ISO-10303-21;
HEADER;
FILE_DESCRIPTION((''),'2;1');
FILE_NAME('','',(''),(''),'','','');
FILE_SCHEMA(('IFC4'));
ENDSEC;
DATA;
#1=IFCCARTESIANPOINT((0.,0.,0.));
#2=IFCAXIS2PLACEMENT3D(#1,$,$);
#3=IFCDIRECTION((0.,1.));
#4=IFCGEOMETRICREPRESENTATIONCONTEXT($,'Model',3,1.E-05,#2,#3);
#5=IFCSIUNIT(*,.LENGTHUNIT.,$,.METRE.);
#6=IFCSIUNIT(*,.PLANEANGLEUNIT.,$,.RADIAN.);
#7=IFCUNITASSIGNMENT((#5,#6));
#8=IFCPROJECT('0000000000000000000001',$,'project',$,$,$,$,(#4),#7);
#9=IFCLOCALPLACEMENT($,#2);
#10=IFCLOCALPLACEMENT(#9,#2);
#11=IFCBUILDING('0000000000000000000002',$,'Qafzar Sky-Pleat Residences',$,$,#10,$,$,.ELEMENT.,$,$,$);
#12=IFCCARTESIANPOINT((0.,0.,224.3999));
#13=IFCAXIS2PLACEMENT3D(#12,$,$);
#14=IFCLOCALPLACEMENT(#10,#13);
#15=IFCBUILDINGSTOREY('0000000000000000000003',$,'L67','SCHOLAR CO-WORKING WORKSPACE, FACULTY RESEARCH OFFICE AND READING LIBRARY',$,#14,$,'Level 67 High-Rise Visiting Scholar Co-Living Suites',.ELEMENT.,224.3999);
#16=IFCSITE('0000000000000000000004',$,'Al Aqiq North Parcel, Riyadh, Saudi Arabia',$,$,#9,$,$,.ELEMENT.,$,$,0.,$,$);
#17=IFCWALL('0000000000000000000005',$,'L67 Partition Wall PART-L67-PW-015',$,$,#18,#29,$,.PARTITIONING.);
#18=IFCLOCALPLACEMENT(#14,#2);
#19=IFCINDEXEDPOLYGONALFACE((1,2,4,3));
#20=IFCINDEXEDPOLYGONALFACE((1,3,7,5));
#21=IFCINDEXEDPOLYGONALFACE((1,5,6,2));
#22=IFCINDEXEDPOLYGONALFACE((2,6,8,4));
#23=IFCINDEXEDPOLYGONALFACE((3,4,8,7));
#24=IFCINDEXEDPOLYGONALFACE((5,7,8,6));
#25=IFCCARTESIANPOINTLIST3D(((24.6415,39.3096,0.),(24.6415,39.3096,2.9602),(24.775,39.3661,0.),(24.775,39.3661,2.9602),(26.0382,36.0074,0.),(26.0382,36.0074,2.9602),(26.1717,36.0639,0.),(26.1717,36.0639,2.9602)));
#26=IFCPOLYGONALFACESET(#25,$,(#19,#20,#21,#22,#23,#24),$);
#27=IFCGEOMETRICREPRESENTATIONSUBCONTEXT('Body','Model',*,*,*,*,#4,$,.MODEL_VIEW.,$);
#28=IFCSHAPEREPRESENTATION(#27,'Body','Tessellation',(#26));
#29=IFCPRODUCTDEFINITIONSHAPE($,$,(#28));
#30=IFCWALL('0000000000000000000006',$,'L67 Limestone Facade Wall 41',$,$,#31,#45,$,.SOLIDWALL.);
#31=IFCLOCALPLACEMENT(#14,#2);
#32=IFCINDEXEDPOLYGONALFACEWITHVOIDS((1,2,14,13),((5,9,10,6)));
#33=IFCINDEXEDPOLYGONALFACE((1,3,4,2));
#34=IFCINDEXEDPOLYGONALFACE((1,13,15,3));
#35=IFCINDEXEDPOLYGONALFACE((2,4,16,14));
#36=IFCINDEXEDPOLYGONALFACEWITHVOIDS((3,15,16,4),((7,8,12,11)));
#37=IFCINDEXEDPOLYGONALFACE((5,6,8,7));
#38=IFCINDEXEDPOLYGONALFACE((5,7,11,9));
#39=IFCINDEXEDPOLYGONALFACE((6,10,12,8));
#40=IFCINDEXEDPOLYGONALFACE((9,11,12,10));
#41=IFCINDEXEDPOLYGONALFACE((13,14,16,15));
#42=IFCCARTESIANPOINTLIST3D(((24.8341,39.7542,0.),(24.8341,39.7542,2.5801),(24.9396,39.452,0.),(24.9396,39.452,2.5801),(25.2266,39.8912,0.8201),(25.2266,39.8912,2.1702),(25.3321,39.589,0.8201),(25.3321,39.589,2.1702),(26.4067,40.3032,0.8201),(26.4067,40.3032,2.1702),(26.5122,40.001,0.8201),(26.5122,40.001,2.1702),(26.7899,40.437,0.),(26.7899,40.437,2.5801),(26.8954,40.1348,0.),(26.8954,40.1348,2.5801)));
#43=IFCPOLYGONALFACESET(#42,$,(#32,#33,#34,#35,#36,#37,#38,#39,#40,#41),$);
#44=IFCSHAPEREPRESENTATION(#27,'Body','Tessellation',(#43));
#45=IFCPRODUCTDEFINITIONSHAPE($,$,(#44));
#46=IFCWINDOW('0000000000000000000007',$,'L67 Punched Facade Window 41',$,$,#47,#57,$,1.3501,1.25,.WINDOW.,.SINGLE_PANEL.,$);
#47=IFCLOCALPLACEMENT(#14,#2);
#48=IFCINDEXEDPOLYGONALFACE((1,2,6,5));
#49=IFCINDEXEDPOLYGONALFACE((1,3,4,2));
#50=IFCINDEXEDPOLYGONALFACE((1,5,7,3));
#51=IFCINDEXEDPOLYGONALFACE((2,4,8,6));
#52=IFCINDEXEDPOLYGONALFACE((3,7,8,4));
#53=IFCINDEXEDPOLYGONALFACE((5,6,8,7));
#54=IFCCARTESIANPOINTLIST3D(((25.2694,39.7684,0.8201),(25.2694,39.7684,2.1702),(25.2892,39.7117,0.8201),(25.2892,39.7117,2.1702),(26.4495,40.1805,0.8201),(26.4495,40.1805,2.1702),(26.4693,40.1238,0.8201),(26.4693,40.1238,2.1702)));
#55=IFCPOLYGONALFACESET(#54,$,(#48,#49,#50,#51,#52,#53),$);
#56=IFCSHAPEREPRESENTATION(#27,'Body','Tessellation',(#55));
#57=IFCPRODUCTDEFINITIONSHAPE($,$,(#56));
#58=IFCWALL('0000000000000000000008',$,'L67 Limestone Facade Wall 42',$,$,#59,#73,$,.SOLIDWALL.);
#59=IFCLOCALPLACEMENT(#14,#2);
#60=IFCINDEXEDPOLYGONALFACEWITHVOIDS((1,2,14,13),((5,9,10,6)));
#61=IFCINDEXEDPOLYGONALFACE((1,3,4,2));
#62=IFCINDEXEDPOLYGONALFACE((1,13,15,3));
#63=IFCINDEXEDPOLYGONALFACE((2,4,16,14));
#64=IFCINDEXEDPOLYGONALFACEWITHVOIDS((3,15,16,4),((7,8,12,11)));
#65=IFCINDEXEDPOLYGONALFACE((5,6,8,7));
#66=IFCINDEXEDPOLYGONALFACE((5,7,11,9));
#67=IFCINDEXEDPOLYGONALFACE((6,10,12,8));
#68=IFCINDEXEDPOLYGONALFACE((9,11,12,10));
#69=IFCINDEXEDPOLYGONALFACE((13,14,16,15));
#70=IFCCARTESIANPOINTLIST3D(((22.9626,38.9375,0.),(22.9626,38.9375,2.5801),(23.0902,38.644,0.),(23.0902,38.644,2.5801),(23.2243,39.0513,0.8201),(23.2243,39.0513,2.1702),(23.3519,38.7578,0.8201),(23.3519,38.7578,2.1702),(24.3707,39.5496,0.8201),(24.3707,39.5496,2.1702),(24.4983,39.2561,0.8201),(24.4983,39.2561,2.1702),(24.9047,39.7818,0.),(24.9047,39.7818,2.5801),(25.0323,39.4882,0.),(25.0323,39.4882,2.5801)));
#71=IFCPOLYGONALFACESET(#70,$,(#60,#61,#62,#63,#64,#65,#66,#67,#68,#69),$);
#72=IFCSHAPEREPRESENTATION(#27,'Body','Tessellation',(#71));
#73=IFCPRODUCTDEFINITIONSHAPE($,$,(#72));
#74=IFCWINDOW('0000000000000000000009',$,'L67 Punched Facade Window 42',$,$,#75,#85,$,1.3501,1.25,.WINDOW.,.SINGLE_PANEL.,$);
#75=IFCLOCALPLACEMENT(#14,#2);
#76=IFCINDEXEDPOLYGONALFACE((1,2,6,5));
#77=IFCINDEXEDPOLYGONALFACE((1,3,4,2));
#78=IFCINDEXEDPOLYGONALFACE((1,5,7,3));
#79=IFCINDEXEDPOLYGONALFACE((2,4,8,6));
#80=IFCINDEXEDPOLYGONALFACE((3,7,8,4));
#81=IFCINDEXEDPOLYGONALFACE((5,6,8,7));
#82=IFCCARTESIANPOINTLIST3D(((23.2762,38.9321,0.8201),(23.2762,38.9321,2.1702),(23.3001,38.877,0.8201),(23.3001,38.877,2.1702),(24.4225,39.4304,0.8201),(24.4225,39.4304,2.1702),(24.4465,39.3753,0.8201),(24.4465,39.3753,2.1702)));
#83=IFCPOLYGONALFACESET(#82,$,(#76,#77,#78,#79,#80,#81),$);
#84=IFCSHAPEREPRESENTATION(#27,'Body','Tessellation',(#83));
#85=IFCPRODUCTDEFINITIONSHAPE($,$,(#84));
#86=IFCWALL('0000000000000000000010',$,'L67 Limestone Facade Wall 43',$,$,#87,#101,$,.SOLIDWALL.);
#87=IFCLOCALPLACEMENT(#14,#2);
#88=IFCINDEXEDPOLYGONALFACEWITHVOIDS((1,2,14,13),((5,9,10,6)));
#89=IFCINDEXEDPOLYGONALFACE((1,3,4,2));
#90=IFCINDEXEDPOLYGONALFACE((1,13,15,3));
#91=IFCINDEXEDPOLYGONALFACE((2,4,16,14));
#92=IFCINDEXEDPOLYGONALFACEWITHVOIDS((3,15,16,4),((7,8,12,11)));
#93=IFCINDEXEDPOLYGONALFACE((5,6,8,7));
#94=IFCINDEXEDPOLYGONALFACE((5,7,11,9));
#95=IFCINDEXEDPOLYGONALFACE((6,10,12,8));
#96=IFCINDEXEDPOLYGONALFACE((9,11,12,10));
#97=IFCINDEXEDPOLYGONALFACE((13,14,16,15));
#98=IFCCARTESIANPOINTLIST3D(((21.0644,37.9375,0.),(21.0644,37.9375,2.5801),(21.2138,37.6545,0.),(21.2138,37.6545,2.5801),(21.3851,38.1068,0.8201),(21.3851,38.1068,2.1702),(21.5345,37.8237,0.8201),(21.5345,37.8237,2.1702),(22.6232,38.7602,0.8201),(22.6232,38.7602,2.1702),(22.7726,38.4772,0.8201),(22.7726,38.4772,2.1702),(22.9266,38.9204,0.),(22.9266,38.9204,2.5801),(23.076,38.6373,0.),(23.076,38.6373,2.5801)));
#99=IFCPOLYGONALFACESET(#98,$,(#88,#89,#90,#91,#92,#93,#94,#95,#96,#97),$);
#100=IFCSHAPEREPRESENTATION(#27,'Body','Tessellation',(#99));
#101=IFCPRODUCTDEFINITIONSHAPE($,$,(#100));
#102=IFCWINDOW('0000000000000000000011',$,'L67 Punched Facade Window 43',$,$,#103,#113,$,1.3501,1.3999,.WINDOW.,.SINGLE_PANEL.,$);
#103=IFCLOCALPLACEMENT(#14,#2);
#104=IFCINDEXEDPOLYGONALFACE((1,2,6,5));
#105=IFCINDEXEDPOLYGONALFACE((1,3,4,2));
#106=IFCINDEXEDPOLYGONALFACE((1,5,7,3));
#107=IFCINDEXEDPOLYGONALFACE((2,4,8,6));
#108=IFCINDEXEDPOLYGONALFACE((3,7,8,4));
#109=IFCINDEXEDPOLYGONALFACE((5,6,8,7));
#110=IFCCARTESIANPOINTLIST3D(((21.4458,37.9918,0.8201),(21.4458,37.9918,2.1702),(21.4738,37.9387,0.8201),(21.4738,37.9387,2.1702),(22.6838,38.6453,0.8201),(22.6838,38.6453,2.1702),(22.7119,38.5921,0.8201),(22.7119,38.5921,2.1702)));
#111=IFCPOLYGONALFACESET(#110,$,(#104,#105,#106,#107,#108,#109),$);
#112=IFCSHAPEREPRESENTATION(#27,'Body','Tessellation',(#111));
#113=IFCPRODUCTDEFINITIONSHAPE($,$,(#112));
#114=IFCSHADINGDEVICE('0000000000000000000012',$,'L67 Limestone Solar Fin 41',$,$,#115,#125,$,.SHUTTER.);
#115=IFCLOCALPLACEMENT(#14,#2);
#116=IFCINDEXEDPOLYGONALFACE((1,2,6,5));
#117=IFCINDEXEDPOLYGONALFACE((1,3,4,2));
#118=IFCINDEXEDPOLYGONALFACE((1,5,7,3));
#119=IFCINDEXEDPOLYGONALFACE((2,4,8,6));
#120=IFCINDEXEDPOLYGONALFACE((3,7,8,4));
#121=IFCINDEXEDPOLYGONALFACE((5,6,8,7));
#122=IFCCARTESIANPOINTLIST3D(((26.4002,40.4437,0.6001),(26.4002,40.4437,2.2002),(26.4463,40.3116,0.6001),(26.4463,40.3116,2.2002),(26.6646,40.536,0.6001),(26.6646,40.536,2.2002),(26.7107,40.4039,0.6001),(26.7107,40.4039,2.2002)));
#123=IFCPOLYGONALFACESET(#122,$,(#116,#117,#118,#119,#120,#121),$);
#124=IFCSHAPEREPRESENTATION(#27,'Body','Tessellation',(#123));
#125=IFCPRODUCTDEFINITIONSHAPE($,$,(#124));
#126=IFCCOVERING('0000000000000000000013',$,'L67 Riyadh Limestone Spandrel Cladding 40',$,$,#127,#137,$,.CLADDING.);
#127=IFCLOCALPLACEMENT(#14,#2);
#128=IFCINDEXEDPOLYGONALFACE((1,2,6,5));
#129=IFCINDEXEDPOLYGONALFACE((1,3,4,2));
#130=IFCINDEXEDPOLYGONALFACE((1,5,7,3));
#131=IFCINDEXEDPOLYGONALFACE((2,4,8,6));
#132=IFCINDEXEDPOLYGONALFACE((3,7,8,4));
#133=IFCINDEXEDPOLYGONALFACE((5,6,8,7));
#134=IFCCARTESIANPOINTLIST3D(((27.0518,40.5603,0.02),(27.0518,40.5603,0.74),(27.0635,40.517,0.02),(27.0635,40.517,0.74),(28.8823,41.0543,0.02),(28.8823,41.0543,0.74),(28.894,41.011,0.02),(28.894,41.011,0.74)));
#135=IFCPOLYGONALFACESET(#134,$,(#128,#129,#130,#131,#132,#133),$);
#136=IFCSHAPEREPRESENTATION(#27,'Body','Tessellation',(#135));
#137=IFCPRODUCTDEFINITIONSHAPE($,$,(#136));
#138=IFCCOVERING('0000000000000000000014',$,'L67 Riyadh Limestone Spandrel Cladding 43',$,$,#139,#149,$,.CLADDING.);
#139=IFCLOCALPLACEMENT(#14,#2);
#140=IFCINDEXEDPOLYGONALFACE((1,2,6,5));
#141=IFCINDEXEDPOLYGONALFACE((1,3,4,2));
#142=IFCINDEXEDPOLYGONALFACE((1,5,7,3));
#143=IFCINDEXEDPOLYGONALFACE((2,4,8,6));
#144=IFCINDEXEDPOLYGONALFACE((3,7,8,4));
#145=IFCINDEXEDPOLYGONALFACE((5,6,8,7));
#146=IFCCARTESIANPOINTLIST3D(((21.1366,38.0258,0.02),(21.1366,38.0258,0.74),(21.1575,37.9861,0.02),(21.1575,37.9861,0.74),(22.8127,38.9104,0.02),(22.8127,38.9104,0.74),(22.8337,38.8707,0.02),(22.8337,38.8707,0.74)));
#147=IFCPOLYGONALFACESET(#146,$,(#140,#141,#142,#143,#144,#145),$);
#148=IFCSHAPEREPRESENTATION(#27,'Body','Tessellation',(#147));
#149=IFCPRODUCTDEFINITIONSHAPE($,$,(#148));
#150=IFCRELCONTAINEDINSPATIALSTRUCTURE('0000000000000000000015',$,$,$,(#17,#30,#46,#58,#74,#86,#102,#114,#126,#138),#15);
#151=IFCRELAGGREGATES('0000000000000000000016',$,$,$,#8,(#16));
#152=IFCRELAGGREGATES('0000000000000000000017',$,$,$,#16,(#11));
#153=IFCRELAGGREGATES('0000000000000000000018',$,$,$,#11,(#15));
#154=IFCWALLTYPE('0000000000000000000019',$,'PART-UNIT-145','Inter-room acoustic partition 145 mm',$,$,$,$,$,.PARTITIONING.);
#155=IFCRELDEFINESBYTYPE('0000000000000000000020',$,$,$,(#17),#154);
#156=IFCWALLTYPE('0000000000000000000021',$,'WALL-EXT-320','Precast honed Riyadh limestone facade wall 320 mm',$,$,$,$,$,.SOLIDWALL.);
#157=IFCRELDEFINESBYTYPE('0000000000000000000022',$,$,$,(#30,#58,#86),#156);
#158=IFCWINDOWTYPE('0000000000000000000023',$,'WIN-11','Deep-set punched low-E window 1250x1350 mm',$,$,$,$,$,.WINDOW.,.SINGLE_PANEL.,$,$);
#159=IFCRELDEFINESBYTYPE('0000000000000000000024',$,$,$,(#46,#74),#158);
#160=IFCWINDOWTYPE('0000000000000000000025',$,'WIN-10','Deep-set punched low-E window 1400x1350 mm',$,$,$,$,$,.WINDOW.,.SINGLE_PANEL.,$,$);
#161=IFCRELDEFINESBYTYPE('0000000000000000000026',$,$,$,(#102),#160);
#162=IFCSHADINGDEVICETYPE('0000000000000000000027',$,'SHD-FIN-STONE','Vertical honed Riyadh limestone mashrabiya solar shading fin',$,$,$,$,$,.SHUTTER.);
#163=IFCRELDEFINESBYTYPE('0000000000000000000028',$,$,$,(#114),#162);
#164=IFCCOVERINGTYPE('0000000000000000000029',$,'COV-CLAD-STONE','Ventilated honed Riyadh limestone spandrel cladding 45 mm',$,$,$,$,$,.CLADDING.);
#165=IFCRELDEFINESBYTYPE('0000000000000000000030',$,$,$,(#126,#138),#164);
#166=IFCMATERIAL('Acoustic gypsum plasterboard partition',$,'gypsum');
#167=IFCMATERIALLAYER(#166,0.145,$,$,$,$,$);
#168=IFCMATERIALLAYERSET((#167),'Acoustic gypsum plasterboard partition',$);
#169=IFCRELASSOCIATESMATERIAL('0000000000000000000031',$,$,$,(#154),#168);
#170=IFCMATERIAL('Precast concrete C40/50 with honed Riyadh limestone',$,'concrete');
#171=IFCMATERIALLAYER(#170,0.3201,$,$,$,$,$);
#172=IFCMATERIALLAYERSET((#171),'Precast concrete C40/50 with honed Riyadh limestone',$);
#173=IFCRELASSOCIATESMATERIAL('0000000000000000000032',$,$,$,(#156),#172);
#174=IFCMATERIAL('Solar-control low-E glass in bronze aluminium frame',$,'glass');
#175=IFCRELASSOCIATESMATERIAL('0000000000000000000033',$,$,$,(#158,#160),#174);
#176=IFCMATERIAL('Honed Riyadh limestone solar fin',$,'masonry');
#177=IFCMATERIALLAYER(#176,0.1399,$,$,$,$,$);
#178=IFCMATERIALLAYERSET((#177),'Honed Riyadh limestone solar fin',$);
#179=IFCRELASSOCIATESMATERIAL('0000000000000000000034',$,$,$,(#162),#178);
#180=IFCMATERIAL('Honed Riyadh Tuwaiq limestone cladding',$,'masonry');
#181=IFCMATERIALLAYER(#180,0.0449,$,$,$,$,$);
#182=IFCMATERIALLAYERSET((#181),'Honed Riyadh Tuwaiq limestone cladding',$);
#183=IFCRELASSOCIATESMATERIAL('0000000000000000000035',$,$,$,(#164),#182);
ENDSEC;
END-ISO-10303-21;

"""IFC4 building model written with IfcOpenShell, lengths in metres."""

from ifc_helpers import new_model, si_unit, direction, frame, frame_2d, origin, origin_2d, place, context, subcontext, project, spatial, rectangle, extrude, source, transform, mapped, material, layer, layer_set, type_object, element, fill, save


model = new_model("IFC4")

# Units and contexts
model_context = context("Model", 3, precision=1e-05, world=origin(), true_north=direction((0.0, 1.0)))
body_context = subcontext(model_context, "Body", "Model", "MODEL_VIEW")
ifc_project = project(units=[si_unit("LENGTHUNIT", "METRE"), si_unit("PLANEANGLEUNIT", "RADIAN")], contexts=[model_context])

# Site, building, storey
site_placement = place(None, origin())
site = spatial("IfcSite", under=ifc_project, at=site_placement, Name="Al Aqiq North Parcel, Riyadh, Saudi Arabia", CompositionType="ELEMENT", RefElevation=0.0)
building_placement = place(site_placement, origin())
building = spatial("IfcBuilding", under=site, at=building_placement, Name="Qafzar Sky-Pleat Residences", CompositionType="ELEMENT")
storey_placement = place(building_placement, frame((0.0, 0.0, 224.3999)))
storey = spatial("IfcBuildingStorey", under=building, at=storey_placement, Name="L67", Description="SCHOLAR CO-WORKING WORKSPACE, FACULTY RESEARCH OFFICE AND READING LIBRARY", LongName="Level 67 High-Rise Visiting Scholar Co-Living Suites", CompositionType="ELEMENT", Elevation=224.3999)

# Shared definitions
ifc_material_1 = material(Name="Acoustic gypsum plasterboard partition", Category="gypsum")

# Wall
ifc_layer_1 = layer(ifc_material_1, 0.145)
ifc_layer_set_1 = layer_set([ifc_layer_1], Name="Acoustic gypsum plasterboard partition")
wall_type_1 = type_object("IfcWallType", Name="PART-UNIT-145", Description="Inter-room acoustic partition 145 mm", PredefinedType="PARTITIONING", material=ifc_layer_set_1)
wall_1_placement = place(storey_placement, frame((24.7083, 39.3379, 0.0), z_axis=(0.0, 0.0, 1.0), x_axis=(0.389551, -0.921005, 0.0)))
element("IfcWall", 1, at=wall_1_placement, inside=storey, type_object=wall_type_1, Name="L67 Partition Wall PART-L67-PW-015", PredefinedType="PARTITIONING", context=body_context, shape_type="SweptSolid", body=[
    extrude(rectangle(XDim=3.5854, YDim=0.145, at=frame_2d((1.7927, 0.0))), origin(), (0.0, 0.0, 1.0), 2.9602),
])

# Walls, openings, windows
ifc_material_2 = material(Name="Precast concrete C40/50 with honed Riyadh limestone", Category="concrete")
ifc_layer_2 = layer(ifc_material_2, 0.3201)
ifc_layer_set_2 = layer_set([ifc_layer_2], Name="Precast concrete C40/50 with honed Riyadh limestone")
wall_type_2 = type_object("IfcWallType", Name="WALL-EXT-320", Description="Precast honed Riyadh limestone facade wall 320 mm", PredefinedType="SOLIDWALL", material=ifc_layer_set_2)
wall_2_placement = place(storey_placement, frame((26.8425, 40.2859, 0.0), z_axis=(0.0, 0.0, 1.0), x_axis=(-0.94411, -0.329631, 0.0)))
wall_2 = element("IfcWall", 2, at=wall_2_placement, inside=storey, type_object=wall_type_2, Name="L67 Limestone Facade Wall 41", PredefinedType="SOLIDWALL", context=body_context, shape_type="SweptSolid", body=[
    extrude(rectangle(XDim=2.0715, YDim=0.3201, at=frame_2d((1.0356, 0.0))), origin(), (0.0, 0.0, 1.0), 2.5801),
])
opening_1_placement = place(wall_2_placement, frame((0.4058, 0.0, 0.8201)))
opening_1 = element("IfcOpeningElement", 3, at=opening_1_placement, cuts=wall_2, PredefinedType="OPENING", context=body_context, shape_type="SweptSolid", body=[
    extrude(rectangle(XDim=1.25, YDim=1.3501, at=frame_2d((0.625, 0.675))), frame((0.0, 0.1699, 0.0), z_axis=(0.0, -1.0, 0.0), x_axis=(1.0, 0.0, 0.0)), (0.0, 0.0, 1.0), 0.3401),
])
ifc_material_3 = material(Name="Solar-control low-E glass in bronze aluminium frame", Category="glass")
window_type_1 = type_object("IfcWindowType", Name="WIN-11", Description="Deep-set punched low-E window 1250x1350 mm", PartitioningType="SINGLE_PANEL", PredefinedType="WINDOW", material=ifc_material_3)
shared_shape_1 = source(origin(), body_context, "Body", "SweptSolid", [
    extrude(rectangle(XDim=1.25, YDim=1.3501, at=frame_2d((0.625, 0.675))), frame((0.0, 0.03, 0.0), z_axis=(0.0, -1.0, 0.0), x_axis=(1.0, 0.0, 0.0)), (0.0, 0.0, 1.0), 0.0601),
])
window_1_placement = place(opening_1_placement, origin())
window_1 = element("IfcWindow", 4, at=window_1_placement, inside=storey, type_object=window_type_1, Name="L67 Punched Facade Window 41", OverallHeight=1.3501, OverallWidth=1.25, PartitioningType="SINGLE_PANEL", PredefinedType="WINDOW", context=body_context, shape_type="MappedRepresentation", body=[
    mapped(shared_shape_1, transform((0.0, 0.0, 0.0), x_axis=(1.0, 0.0, 0.0), y_axis=(0.0, 1.0, 0.0), z_axis=(0.0, 0.0, 1.0), scale=1.0)),
])
fill(opening_1, window_1)
wall_3_placement = place(storey_placement, frame((24.9685, 39.635, 0.0), z_axis=(0.0, 0.0, 1.0), x_axis=(-0.917099, -0.398659, 0.0)))
wall_3 = element("IfcWall", 5, at=wall_3_placement, inside=storey, type_object=wall_type_2, Name="L67 Limestone Facade Wall 42", PredefinedType="SOLIDWALL", context=body_context, shape_type="SweptSolid", body=[
    extrude(rectangle(XDim=2.1177, YDim=0.3201, at=frame_2d((1.0588, 0.0))), origin(), (0.0, 0.0, 1.0), 2.5801),
])
opening_2_placement = place(wall_3_placement, frame((0.5823, 0.0, 0.8201)))
opening_2 = element("IfcOpeningElement", 6, at=opening_2_placement, cuts=wall_3, PredefinedType="OPENING", context=body_context, shape_type="SweptSolid", body=[
    extrude(rectangle(XDim=1.25, YDim=1.3501, at=frame_2d((0.625, 0.675))), frame((0.0, 0.1699, 0.0), z_axis=(0.0, -1.0, 0.0), x_axis=(1.0, 0.0, 0.0)), (0.0, 0.0, 1.0), 0.3401),
])
window_2_placement = place(opening_2_placement, origin())
window_2 = element("IfcWindow", 7, at=window_2_placement, inside=storey, type_object=window_type_1, Name="L67 Punched Facade Window 42", OverallHeight=1.3501, OverallWidth=1.25, PartitioningType="SINGLE_PANEL", PredefinedType="WINDOW", context=body_context, shape_type="MappedRepresentation", body=[
    mapped(shared_shape_1, transform((0.0, 0.0, 0.0), x_axis=(1.0, 0.0, 0.0), y_axis=(0.0, 1.0, 0.0), z_axis=(0.0, 0.0, 1.0), scale=1.0)),
])
fill(opening_2, window_2)
wall_4_placement = place(storey_placement, frame((23.0012, 38.7788, 0.0), z_axis=(0.0, 0.0, 1.0), x_axis=(-0.884379, -0.466769, 0.0)))
wall_4 = element("IfcWall", 8, at=wall_4_placement, inside=storey, type_object=wall_type_2, Name="L67 Limestone Facade Wall 43", PredefinedType="SOLIDWALL", context=body_context, shape_type="SweptSolid", body=[
    extrude(rectangle(XDim=2.1057, YDim=0.3201, at=frame_2d((1.0527, 0.0))), origin(), (0.0, 0.0, 1.0), 2.5801),
])
opening_3_placement = place(wall_4_placement, frame((0.343, 0.0, 0.8201)))
opening_3 = element("IfcOpeningElement", 9, at=opening_3_placement, cuts=wall_4, PredefinedType="OPENING", context=body_context, shape_type="SweptSolid", body=[
    extrude(rectangle(XDim=1.3999, YDim=1.3501, at=frame_2d((0.7, 0.675))), frame((0.0, 0.1699, 0.0), z_axis=(0.0, -1.0, 0.0), x_axis=(1.0, 0.0, 0.0)), (0.0, 0.0, 1.0), 0.3401),
])
window_type_2 = type_object("IfcWindowType", Name="WIN-10", Description="Deep-set punched low-E window 1400x1350 mm", PartitioningType="SINGLE_PANEL", PredefinedType="WINDOW", material=ifc_material_3)
shared_shape_2 = source(origin(), body_context, "Body", "SweptSolid", [
    extrude(rectangle(XDim=1.3999, YDim=1.3501, at=frame_2d((0.7, 0.675))), frame((0.0, 0.03, 0.0), z_axis=(0.0, -1.0, 0.0), x_axis=(1.0, 0.0, 0.0)), (0.0, 0.0, 1.0), 0.0601),
])
window_3_placement = place(opening_3_placement, origin())
window_3 = element("IfcWindow", 10, at=window_3_placement, inside=storey, type_object=window_type_2, Name="L67 Punched Facade Window 43", OverallHeight=1.3501, OverallWidth=1.3999, PartitioningType="SINGLE_PANEL", PredefinedType="WINDOW", context=body_context, shape_type="MappedRepresentation", body=[
    mapped(shared_shape_2, transform((0.0, 0.0, 0.0), x_axis=(1.0, 0.0, 0.0), y_axis=(0.0, 1.0, 0.0), z_axis=(0.0, 0.0, 1.0), scale=1.0)),
])
fill(opening_3, window_3)

# Shading device
ifc_material_4 = material(Name="Honed Riyadh limestone solar fin", Category="masonry")
ifc_layer_3 = layer(ifc_material_4, 0.1399)
ifc_layer_set_3 = layer_set([ifc_layer_3], Name="Honed Riyadh limestone solar fin")
shading_device_type = type_object("IfcShadingDeviceType", Name="SHD-FIN-STONE", Description="Vertical honed Riyadh limestone mashrabiya solar shading fin", PredefinedType="SHUTTER", material=ifc_layer_set_3)
shared_shape_3 = source(origin(), body_context, "Body", "SweptSolid", [
    extrude(rectangle(XDim=0.1399, YDim=0.28, at=origin_2d()), origin(), (0.0, 0.0, 1.0), 1.6001),
])
shading_device_placement = place(storey_placement, frame((26.5554, 40.4238, 0.6001), z_axis=(0.0, 0.0, 1.0), x_axis=(-0.329574, 0.94413, 0.0)))
element("IfcShadingDevice", 11, at=shading_device_placement, inside=storey, type_object=shading_device_type, Name="L67 Limestone Solar Fin 41", PredefinedType="SHUTTER", context=body_context, shape_type="MappedRepresentation", body=[
    mapped(shared_shape_3, transform((0.0, 0.0, 0.0), x_axis=(1.0, 0.0, 0.0), y_axis=(0.0, 1.0, 0.0), z_axis=(0.0, 0.0, 1.0), scale=1.0)),
])

# Coverings
ifc_material_5 = material(Name="Honed Riyadh Tuwaiq limestone cladding", Category="masonry")
ifc_layer_4 = layer(ifc_material_5, 0.0449)
ifc_layer_set_4 = layer_set([ifc_layer_4], Name="Honed Riyadh Tuwaiq limestone cladding")
covering_type = type_object("IfcCoveringType", Name="COV-CLAD-STONE", Description="Ventilated honed Riyadh limestone spandrel cladding 45 mm", PredefinedType="CLADDING", material=ifc_layer_set_4)
shared_shape_4 = source(origin(), body_context, "Body", "SweptSolid", [
    extrude(rectangle(XDim=1.896, YDim=0.0449, at=origin_2d()), origin(), (0.0, 0.0, 1.0), 0.72),
])
covering_1_placement = place(storey_placement, frame((27.9729, 40.7856, 0.02), z_axis=(0.0, 0.0, 1.0), x_axis=(-0.965463, -0.260542, 0.0)))
element("IfcCovering", 12, at=covering_1_placement, inside=storey, type_object=covering_type, Name="L67 Riyadh Limestone Spandrel Cladding 40", PredefinedType="CLADDING", context=body_context, shape_type="MappedRepresentation", body=[
    mapped(shared_shape_4, transform((0.0, 0.0, 0.0), x_axis=(1.0, 0.0, 0.0), y_axis=(0.0, 1.0, 0.0), z_axis=(0.0, 0.0, 1.0), scale=1.0)),
])
shared_shape_5 = source(origin(), body_context, "Body", "SweptSolid", [
    extrude(rectangle(XDim=1.8953, YDim=0.0449, at=origin_2d()), origin(), (0.0, 0.0, 1.0), 0.72),
])
covering_2_placement = place(storey_placement, frame((21.9851, 38.4482, 0.02), z_axis=(0.0, 0.0, 1.0), x_axis=(-0.884381, -0.466766, 0.0)))
element("IfcCovering", 13, at=covering_2_placement, inside=storey, type_object=covering_type, Name="L67 Riyadh Limestone Spandrel Cladding 43", PredefinedType="CLADDING", context=body_context, shape_type="MappedRepresentation", body=[
    mapped(shared_shape_5, transform((0.0, 0.0, 0.0), x_axis=(1.0, 0.0, 0.0), y_axis=(0.0, 1.0, 0.0), z_axis=(0.0, 0.0, 1.0), scale=1.0)),
])

save(model, "model.ifc")
